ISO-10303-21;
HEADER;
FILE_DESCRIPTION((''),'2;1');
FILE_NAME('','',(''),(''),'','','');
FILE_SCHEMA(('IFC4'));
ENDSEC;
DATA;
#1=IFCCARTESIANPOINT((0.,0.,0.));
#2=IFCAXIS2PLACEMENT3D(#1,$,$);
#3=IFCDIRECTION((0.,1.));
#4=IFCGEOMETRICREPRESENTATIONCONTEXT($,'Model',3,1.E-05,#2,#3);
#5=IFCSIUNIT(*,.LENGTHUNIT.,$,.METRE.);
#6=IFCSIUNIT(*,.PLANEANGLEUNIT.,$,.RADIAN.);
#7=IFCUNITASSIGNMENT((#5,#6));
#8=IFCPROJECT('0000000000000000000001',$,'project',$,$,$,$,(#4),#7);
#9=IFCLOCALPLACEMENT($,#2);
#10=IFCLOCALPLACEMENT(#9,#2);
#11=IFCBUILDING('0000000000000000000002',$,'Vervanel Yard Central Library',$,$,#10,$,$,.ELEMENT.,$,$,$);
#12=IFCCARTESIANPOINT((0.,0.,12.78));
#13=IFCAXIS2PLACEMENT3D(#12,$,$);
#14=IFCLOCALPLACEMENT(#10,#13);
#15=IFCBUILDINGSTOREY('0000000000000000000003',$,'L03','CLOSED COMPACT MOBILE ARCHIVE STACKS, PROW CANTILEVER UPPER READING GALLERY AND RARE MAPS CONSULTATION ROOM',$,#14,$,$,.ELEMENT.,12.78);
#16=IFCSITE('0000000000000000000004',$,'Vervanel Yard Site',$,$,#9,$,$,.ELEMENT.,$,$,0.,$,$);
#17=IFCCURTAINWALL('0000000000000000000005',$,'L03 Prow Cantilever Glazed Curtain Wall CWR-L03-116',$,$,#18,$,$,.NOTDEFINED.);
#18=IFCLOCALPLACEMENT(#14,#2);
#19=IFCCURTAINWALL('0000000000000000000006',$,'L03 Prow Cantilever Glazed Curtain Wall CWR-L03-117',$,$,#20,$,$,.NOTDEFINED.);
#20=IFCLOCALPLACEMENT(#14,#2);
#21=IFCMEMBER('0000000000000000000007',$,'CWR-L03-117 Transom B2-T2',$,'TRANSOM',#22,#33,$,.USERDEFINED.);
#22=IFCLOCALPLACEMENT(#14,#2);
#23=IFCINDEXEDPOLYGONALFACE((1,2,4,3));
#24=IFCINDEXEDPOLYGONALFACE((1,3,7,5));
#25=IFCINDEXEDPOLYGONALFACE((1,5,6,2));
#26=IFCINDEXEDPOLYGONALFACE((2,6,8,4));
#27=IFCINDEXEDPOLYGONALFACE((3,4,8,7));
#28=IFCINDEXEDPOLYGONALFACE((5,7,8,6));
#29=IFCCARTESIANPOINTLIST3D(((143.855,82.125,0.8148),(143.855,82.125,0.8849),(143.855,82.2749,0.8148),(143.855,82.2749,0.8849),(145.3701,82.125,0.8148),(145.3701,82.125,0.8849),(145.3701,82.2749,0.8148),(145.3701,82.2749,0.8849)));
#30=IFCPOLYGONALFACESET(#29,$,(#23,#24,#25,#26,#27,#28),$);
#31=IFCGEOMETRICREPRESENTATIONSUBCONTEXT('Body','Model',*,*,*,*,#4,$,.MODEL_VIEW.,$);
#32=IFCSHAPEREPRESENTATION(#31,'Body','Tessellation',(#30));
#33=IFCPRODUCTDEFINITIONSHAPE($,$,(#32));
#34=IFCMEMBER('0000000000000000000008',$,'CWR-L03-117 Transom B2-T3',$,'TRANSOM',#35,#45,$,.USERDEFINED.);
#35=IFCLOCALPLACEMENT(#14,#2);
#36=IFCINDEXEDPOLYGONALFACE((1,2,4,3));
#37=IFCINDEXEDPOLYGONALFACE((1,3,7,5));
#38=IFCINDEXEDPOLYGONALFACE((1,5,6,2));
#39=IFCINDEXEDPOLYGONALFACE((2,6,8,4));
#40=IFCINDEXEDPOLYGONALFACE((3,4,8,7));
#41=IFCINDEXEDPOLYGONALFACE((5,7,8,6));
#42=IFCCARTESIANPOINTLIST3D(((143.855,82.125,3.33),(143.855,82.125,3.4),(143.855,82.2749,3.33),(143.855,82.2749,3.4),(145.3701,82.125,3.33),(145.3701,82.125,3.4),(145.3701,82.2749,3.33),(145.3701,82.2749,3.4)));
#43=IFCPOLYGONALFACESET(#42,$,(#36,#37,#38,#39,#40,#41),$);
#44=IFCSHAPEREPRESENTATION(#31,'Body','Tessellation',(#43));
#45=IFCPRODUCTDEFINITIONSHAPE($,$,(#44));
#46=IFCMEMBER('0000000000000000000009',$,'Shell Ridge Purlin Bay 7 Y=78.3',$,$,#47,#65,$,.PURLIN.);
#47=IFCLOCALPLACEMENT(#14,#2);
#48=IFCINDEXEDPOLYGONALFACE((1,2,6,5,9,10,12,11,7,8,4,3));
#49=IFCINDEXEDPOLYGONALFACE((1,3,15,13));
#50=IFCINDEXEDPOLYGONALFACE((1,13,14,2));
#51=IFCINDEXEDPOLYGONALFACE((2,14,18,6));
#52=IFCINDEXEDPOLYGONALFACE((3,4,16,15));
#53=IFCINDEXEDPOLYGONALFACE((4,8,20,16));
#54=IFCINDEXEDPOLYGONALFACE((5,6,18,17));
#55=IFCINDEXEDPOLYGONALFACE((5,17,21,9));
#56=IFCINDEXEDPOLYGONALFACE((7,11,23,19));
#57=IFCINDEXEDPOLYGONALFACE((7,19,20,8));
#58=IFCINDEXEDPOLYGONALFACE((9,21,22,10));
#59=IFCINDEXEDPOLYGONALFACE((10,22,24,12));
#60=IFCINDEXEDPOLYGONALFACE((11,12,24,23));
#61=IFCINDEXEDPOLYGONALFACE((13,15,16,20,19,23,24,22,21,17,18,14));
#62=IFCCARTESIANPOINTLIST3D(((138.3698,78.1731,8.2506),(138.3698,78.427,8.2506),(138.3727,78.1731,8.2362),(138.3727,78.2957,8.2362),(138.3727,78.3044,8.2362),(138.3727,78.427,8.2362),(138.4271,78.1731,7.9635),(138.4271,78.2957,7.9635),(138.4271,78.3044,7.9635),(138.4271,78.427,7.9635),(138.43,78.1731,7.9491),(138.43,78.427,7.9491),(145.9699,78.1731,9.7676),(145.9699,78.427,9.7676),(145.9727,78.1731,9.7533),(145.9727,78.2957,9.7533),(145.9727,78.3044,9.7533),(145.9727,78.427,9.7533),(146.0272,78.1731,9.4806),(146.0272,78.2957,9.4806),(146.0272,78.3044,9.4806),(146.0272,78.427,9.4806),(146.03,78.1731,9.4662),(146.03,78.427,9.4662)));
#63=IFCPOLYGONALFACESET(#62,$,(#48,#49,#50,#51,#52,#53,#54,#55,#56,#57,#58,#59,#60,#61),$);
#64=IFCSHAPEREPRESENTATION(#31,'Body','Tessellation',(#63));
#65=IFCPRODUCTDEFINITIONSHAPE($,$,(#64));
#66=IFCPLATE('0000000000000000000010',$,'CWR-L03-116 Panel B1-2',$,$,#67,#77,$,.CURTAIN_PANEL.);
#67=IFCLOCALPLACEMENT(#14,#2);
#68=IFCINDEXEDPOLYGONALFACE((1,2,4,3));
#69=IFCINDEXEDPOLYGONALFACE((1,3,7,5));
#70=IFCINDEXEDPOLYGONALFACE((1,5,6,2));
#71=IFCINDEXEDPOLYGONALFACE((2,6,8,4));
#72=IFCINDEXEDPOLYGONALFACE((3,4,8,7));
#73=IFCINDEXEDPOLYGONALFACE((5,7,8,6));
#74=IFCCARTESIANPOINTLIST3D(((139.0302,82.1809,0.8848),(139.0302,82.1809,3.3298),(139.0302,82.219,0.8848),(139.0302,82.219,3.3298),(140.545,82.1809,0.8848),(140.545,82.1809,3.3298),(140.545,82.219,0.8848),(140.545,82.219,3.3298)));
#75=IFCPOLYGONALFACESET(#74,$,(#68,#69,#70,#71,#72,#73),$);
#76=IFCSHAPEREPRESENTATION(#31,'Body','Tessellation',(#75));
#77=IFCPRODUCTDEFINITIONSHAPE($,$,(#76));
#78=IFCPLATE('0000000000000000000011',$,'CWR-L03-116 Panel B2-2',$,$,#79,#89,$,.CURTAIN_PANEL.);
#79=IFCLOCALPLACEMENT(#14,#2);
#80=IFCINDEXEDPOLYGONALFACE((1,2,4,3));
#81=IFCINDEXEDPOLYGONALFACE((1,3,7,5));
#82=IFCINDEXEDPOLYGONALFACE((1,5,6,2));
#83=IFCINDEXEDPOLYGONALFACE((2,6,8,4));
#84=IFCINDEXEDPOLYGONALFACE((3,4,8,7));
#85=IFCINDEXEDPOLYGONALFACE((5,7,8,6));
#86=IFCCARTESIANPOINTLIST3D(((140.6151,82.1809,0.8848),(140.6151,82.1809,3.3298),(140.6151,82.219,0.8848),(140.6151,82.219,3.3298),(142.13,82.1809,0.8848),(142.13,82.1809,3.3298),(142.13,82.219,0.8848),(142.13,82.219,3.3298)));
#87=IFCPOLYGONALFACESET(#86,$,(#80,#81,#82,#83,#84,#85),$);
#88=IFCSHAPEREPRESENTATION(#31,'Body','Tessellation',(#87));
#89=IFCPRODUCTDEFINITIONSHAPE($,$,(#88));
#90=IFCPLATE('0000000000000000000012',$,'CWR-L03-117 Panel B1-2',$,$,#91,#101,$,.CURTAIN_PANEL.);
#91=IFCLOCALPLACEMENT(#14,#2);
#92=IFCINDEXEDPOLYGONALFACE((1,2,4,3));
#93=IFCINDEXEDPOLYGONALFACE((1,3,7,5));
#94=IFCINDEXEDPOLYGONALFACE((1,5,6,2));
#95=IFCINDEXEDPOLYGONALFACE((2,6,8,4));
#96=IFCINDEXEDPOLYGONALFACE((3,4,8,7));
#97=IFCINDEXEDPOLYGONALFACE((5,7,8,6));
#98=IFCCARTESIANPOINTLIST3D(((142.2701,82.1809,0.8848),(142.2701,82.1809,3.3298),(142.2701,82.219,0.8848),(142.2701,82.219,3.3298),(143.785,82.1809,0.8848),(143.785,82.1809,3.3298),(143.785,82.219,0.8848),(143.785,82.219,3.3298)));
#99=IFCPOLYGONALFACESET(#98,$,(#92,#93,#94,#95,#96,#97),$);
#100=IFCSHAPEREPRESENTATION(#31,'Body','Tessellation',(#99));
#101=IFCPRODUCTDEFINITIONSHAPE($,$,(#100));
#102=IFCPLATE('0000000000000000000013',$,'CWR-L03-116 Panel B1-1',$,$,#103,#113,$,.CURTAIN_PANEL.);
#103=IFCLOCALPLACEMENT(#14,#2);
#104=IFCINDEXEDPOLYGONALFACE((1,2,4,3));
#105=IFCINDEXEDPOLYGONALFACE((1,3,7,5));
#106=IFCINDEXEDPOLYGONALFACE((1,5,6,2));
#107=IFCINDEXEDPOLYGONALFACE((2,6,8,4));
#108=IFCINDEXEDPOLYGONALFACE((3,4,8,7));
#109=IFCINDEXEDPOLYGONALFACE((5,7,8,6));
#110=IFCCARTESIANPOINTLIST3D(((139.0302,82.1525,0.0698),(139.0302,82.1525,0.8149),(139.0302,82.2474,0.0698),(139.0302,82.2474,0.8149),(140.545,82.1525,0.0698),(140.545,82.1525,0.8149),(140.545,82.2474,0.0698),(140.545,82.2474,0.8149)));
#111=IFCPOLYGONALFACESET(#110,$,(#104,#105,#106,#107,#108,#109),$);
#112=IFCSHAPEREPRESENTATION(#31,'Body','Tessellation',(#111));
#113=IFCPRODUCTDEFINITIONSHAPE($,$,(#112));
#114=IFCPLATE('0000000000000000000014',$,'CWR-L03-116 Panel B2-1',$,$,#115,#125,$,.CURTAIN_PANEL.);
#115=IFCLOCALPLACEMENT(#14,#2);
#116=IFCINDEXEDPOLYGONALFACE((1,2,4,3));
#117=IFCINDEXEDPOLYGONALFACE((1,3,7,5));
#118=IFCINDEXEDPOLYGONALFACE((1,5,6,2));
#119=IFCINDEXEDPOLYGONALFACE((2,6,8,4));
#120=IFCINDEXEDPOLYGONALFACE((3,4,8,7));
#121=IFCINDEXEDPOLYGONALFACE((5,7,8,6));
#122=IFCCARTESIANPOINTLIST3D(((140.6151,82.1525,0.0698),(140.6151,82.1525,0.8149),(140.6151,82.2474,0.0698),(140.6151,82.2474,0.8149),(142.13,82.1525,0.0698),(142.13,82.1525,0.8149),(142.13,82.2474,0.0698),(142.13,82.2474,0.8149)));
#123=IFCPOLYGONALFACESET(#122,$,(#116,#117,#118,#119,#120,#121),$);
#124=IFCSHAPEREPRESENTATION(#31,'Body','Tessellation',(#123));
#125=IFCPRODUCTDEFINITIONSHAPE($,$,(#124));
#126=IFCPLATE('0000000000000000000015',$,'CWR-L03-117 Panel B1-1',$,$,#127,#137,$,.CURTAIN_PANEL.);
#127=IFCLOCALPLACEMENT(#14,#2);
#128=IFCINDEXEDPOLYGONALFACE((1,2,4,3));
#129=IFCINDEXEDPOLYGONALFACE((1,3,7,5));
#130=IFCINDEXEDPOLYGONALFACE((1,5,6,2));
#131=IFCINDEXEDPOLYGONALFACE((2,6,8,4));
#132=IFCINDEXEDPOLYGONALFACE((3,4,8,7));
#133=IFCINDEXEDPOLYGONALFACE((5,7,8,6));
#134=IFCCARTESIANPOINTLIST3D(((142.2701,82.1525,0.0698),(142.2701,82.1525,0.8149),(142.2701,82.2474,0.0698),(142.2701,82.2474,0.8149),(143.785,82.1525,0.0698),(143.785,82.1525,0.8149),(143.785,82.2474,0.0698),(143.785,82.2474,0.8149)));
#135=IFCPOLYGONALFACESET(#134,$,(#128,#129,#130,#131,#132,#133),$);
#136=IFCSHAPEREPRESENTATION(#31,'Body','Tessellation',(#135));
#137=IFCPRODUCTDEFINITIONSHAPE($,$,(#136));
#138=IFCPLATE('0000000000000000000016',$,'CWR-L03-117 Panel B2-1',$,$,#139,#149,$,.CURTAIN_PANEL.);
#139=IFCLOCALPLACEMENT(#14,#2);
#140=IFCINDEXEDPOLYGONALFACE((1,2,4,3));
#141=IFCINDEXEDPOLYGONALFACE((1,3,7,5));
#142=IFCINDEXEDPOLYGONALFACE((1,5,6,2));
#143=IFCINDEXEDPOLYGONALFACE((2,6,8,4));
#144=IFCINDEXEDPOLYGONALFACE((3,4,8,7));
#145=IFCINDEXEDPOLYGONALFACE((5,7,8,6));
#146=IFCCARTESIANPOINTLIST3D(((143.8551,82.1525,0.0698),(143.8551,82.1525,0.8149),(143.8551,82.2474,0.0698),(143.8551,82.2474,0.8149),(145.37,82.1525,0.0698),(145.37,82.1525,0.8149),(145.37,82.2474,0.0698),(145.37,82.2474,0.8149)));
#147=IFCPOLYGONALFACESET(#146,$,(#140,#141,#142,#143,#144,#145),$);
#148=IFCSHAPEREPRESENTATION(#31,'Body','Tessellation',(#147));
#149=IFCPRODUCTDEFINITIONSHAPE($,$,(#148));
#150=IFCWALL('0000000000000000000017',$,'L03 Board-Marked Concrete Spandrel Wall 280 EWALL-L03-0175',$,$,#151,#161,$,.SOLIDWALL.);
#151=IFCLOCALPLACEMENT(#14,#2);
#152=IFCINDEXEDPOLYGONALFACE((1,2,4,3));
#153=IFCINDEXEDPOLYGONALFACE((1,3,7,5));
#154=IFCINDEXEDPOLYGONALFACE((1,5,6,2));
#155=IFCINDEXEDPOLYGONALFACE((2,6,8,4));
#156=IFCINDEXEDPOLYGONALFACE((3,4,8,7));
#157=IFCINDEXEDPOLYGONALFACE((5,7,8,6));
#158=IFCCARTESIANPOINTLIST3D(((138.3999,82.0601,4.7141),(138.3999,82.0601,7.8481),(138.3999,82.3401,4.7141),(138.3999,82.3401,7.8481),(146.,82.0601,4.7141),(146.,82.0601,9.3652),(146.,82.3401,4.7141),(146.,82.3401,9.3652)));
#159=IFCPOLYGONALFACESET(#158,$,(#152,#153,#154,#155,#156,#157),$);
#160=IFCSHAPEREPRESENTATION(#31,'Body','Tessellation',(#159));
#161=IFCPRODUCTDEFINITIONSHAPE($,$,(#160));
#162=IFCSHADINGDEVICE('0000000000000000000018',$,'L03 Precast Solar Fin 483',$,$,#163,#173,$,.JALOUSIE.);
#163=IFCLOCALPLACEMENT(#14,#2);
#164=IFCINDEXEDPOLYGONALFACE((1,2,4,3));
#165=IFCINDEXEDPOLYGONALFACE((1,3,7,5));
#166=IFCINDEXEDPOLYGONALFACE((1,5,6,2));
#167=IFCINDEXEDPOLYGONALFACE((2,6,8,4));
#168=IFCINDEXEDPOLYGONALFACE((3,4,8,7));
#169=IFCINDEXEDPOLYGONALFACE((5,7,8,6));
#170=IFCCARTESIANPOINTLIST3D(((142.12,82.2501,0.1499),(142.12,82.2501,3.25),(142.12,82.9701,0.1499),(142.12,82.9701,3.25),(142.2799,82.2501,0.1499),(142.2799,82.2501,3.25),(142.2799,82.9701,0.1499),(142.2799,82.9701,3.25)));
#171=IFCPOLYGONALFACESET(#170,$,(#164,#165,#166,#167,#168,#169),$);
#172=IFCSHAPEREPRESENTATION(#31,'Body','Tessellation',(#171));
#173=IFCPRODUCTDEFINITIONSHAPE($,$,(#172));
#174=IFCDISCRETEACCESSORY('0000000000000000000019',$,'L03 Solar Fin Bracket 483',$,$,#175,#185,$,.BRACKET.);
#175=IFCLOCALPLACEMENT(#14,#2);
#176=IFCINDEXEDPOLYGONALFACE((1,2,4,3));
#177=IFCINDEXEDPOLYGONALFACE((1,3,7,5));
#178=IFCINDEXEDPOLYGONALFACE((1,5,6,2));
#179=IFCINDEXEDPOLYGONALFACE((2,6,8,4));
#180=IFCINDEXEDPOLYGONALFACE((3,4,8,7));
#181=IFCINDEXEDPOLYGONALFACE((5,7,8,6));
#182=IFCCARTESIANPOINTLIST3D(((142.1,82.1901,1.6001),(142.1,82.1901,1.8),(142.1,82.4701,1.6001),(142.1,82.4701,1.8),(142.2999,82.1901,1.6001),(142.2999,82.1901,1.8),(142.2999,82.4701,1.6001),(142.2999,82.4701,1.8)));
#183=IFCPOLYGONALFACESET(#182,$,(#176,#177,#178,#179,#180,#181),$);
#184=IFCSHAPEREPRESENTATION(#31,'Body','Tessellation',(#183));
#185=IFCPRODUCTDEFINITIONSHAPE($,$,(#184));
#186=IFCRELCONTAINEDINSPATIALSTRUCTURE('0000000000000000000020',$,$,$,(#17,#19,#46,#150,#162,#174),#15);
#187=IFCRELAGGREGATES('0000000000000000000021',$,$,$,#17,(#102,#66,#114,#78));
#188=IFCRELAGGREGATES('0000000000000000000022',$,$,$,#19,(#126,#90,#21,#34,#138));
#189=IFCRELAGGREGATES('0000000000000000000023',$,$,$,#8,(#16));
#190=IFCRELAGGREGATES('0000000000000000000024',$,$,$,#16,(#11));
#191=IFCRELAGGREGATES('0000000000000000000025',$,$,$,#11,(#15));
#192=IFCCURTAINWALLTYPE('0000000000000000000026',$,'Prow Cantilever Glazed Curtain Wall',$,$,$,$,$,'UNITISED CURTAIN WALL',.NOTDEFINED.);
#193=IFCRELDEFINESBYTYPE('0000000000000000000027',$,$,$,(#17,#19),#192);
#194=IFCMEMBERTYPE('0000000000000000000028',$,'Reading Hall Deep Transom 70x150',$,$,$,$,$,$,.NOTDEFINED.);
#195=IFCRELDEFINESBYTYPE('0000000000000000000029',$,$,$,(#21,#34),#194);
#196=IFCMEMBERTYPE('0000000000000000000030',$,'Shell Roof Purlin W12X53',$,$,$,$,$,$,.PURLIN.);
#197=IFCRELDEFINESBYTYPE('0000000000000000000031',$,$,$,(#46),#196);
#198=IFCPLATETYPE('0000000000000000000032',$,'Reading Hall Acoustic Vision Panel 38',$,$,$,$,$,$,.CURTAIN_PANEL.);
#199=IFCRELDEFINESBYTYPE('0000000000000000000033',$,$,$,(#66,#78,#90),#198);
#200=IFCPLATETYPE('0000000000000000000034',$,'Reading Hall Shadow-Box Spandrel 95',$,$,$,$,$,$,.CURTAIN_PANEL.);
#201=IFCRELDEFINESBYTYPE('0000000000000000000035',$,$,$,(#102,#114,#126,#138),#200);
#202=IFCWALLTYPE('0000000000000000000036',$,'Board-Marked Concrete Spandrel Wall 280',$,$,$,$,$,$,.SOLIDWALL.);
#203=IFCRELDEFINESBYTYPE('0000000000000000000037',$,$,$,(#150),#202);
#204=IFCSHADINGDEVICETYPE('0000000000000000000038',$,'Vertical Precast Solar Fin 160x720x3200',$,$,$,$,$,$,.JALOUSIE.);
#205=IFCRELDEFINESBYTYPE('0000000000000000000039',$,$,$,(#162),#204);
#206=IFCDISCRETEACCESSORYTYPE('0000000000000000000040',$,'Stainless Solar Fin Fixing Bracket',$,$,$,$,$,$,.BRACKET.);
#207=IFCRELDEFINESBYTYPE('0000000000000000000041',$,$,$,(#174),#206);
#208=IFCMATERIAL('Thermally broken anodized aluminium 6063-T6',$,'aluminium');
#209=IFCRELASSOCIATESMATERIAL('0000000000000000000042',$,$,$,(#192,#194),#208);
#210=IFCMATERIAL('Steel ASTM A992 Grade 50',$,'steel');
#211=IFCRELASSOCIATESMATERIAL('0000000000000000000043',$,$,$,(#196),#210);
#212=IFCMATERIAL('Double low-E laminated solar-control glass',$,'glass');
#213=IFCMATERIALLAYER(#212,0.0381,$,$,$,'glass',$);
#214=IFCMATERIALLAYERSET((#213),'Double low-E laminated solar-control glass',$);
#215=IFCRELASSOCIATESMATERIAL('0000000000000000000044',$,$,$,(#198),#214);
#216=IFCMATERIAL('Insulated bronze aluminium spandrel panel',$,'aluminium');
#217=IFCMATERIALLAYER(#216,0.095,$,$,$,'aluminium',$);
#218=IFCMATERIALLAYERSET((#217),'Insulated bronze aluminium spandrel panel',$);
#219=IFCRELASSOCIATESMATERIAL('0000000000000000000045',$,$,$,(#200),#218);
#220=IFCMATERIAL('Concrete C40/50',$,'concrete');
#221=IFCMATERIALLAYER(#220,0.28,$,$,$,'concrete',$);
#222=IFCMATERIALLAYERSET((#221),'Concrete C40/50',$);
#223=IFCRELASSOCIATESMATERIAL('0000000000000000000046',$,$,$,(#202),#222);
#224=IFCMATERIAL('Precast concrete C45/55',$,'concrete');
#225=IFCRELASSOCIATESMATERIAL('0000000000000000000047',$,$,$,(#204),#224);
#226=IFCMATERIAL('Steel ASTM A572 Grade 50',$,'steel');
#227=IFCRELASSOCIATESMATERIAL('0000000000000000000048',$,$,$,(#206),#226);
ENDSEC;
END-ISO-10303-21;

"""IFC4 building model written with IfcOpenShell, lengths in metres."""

from ifc_helpers import new_model, si_unit, direction, frame, origin, origin_2d, place, context, subcontext, project, spatial, polyline, rectangle, i_section, outline, extrude, material, layer, layer_set, material_profile, profile_set, type_object, element, aggregate, save


model = new_model("IFC4")

# Units and contexts
model_context = context("Model", 3, precision=1e-05, world=origin(), true_north=direction((0.0, 1.0)))
body_context = subcontext(model_context, "Body", "Model", "MODEL_VIEW")
ifc_project = project(units=[si_unit("LENGTHUNIT", "METRE"), si_unit("PLANEANGLEUNIT", "RADIAN")], contexts=[model_context])

# Site, building, storey
site_placement = place(None, origin())
site = spatial("IfcSite", under=ifc_project, at=site_placement, Name="Vervanel Yard Site", CompositionType="ELEMENT", RefElevation=0.0)
building_placement = place(site_placement, origin())
building = spatial("IfcBuilding", under=site, at=building_placement, Name="Vervanel Yard Central Library", CompositionType="ELEMENT")
storey_placement = place(building_placement, frame((0.0, 0.0, 12.78)))
storey = spatial("IfcBuildingStorey", under=building, at=storey_placement, Name="L03", Description="CLOSED COMPACT MOBILE ARCHIVE STACKS, PROW CANTILEVER UPPER READING GALLERY AND RARE MAPS CONSULTATION ROOM", CompositionType="ELEMENT", Elevation=12.78)

# Curtain walls
ifc_material_1 = material(Name="Thermally broken anodized aluminium 6063-T6", Category="aluminium")
curtain_wall_type = type_object("IfcCurtainWallType", Name="Prow Cantilever Glazed Curtain Wall", ElementType="UNITISED CURTAIN WALL", PredefinedType="NOTDEFINED", material=ifc_material_1)
curtain_wall_1_placement = place(storey_placement, origin())
curtain_wall_1 = element("IfcCurtainWall", 1, at=curtain_wall_1_placement, inside=storey, type_object=curtain_wall_type, Name="L03 Prow Cantilever Glazed Curtain Wall CWR-L03-116", PredefinedType="NOTDEFINED")
curtain_wall_2_placement = place(storey_placement, origin())
curtain_wall_2 = element("IfcCurtainWall", 2, at=curtain_wall_2_placement, inside=storey, type_object=curtain_wall_type, Name="L03 Prow Cantilever Glazed Curtain Wall CWR-L03-117", PredefinedType="NOTDEFINED")

# Members
ifc_material_profile_1 = material_profile(ifc_material_1, rectangle(XDim=0.0701, YDim=0.1499, at=origin_2d()), Name="ALU 70x150", Category="aluminium")
ifc_profile_set_1 = profile_set([ifc_material_profile_1], Name="Thermally broken anodized aluminium 6063-T6")
member_type_1 = type_object("IfcMemberType", Name="Reading Hall Deep Transom 70x150", PredefinedType="NOTDEFINED", material=ifc_profile_set_1)
member_1_placement = place(storey_placement, frame((143.855, 82.2, 0.8499), z_axis=(1.0, 0.0, 0.0), x_axis=(0.0, 0.0, 1.0)))
member_1 = element("IfcMember", 3, at=member_1_placement, type_object=member_type_1, Name="CWR-L03-117 Transom B2-T2", ObjectType="TRANSOM", PredefinedType="USERDEFINED", context=body_context, shape_type="SweptSolid", body=[
    extrude(rectangle(XDim=0.0701, YDim=0.1499, at=origin_2d()), origin(), (0.0, 0.0, 1.0), 1.5151),
])
member_2_placement = place(storey_placement, frame((143.855, 82.2, 3.365), z_axis=(1.0, 0.0, 0.0), x_axis=(0.0, 0.0, 1.0)))
member_2 = element("IfcMember", 4, at=member_2_placement, type_object=member_type_1, Name="CWR-L03-117 Transom B2-T3", ObjectType="TRANSOM", PredefinedType="USERDEFINED", context=body_context, shape_type="SweptSolid", body=[
    extrude(rectangle(XDim=0.0701, YDim=0.1499, at=origin_2d()), origin(), (0.0, 0.0, 1.0), 1.5151),
])
ifc_material_2 = material(Name="Steel ASTM A992 Grade 50", Category="steel")
ifc_material_profile_2 = material_profile(ifc_material_2, i_section(OverallWidth=0.2539, OverallDepth=0.3074, WebThickness=0.0088, FlangeThickness=0.0146, at=origin_2d()), Name="W12X53", Category="steel")
ifc_profile_set_2 = profile_set([ifc_material_profile_2], Name="Steel ASTM A992 Grade 50")
member_type_2 = type_object("IfcMemberType", Name="Shell Roof Purlin W12X53", PredefinedType="PURLIN", material=ifc_profile_set_2)
member_3_placement = place(storey_placement, frame((138.3999, 78.3, 8.0999), z_axis=(0.980653, 0.0, 0.195753), x_axis=(0.0, 1.0, 0.0)))
element("IfcMember", 5, at=member_3_placement, inside=storey, type_object=member_type_2, Name="Shell Ridge Purlin Bay 7 Y=78.3", PredefinedType="PURLIN", context=body_context, shape_type="SweptSolid", body=[
    extrude(i_section(OverallWidth=0.2539, OverallDepth=0.3074, WebThickness=0.0088, FlangeThickness=0.0146, at=origin_2d()), origin(), (0.0, 0.0, 1.0), 7.75),
])

# Plates
ifc_material_3 = material(Name="Double low-E laminated solar-control glass", Category="glass")
ifc_layer_1 = layer(ifc_material_3, 0.0381, Category="glass")
ifc_layer_set_1 = layer_set([ifc_layer_1], Name="Double low-E laminated solar-control glass")
plate_type_1 = type_object("IfcPlateType", Name="Reading Hall Acoustic Vision Panel 38", PredefinedType="CURTAIN_PANEL", material=ifc_layer_set_1)
plate_1_placement = place(storey_placement, frame((139.7876, 82.2, 0.8848), z_axis=(0.0, 0.0, 1.0), x_axis=(1.0, 0.0, 0.0)))
plate_1 = element("IfcPlate", 6, at=plate_1_placement, type_object=plate_type_1, Name="CWR-L03-116 Panel B1-2", PredefinedType="CURTAIN_PANEL", context=body_context, shape_type="SweptSolid", body=[
    extrude(rectangle(XDim=1.5149, YDim=0.0381, at=origin_2d()), origin(), (0.0, 0.0, 1.0), 2.4451),
])
plate_2_placement = place(storey_placement, frame((141.3726, 82.2, 0.8848), z_axis=(0.0, 0.0, 1.0), x_axis=(1.0, 0.0, 0.0)))
plate_2 = element("IfcPlate", 7, at=plate_2_placement, type_object=plate_type_1, Name="CWR-L03-116 Panel B2-2", PredefinedType="CURTAIN_PANEL", context=body_context, shape_type="SweptSolid", body=[
    extrude(rectangle(XDim=1.5149, YDim=0.0381, at=origin_2d()), origin(), (0.0, 0.0, 1.0), 2.4451),
])
plate_3_placement = place(storey_placement, frame((143.0276, 82.2, 0.8848), z_axis=(0.0, 0.0, 1.0), x_axis=(1.0, 0.0, 0.0)))
plate_3 = element("IfcPlate", 8, at=plate_3_placement, type_object=plate_type_1, Name="CWR-L03-117 Panel B1-2", PredefinedType="CURTAIN_PANEL", context=body_context, shape_type="SweptSolid", body=[
    extrude(rectangle(XDim=1.5149, YDim=0.0381, at=origin_2d()), origin(), (0.0, 0.0, 1.0), 2.4451),
])
ifc_material_4 = material(Name="Insulated bronze aluminium spandrel panel", Category="aluminium")
ifc_layer_2 = layer(ifc_material_4, 0.095, Category="aluminium")
ifc_layer_set_2 = layer_set([ifc_layer_2], Name="Insulated bronze aluminium spandrel panel")
plate_type_2 = type_object("IfcPlateType", Name="Reading Hall Shadow-Box Spandrel 95", PredefinedType="CURTAIN_PANEL", material=ifc_layer_set_2)
plate_4_placement = place(storey_placement, frame((139.7876, 82.2, 0.0698), z_axis=(0.0, 0.0, 1.0), x_axis=(1.0, 0.0, 0.0)))
plate_4 = element("IfcPlate", 9, at=plate_4_placement, type_object=plate_type_2, Name="CWR-L03-116 Panel B1-1", PredefinedType="CURTAIN_PANEL", context=body_context, shape_type="SweptSolid", body=[
    extrude(rectangle(XDim=1.5149, YDim=0.095, at=origin_2d()), origin(), (0.0, 0.0, 1.0), 0.7451),
])
plate_5_placement = place(storey_placement, frame((141.3726, 82.2, 0.0698), z_axis=(0.0, 0.0, 1.0), x_axis=(1.0, 0.0, 0.0)))
plate_5 = element("IfcPlate", 10, at=plate_5_placement, type_object=plate_type_2, Name="CWR-L03-116 Panel B2-1", PredefinedType="CURTAIN_PANEL", context=body_context, shape_type="SweptSolid", body=[
    extrude(rectangle(XDim=1.5149, YDim=0.095, at=origin_2d()), origin(), (0.0, 0.0, 1.0), 0.7451),
])
aggregate(curtain_wall_1, [plate_4, plate_1, plate_5, plate_2])
plate_6_placement = place(storey_placement, frame((143.0276, 82.2, 0.0698), z_axis=(0.0, 0.0, 1.0), x_axis=(1.0, 0.0, 0.0)))
plate_6 = element("IfcPlate", 11, at=plate_6_placement, type_object=plate_type_2, Name="CWR-L03-117 Panel B1-1", PredefinedType="CURTAIN_PANEL", context=body_context, shape_type="SweptSolid", body=[
    extrude(rectangle(XDim=1.5149, YDim=0.095, at=origin_2d()), origin(), (0.0, 0.0, 1.0), 0.7451),
])
plate_7_placement = place(storey_placement, frame((144.6125, 82.2, 0.0698), z_axis=(0.0, 0.0, 1.0), x_axis=(1.0, 0.0, 0.0)))
plate_7 = element("IfcPlate", 12, at=plate_7_placement, type_object=plate_type_2, Name="CWR-L03-117 Panel B2-1", PredefinedType="CURTAIN_PANEL", context=body_context, shape_type="SweptSolid", body=[
    extrude(rectangle(XDim=1.5149, YDim=0.095, at=origin_2d()), origin(), (0.0, 0.0, 1.0), 0.7451),
])
aggregate(curtain_wall_2, [plate_6, plate_3, member_1, member_2, plate_7])

# Wall
ifc_material_5 = material(Name="Concrete C40/50", Category="concrete")
ifc_layer_3 = layer(ifc_material_5, 0.28, Category="concrete")
ifc_layer_set_3 = layer_set([ifc_layer_3], Name="Concrete C40/50")
wall_type = type_object("IfcWallType", Name="Board-Marked Concrete Spandrel Wall 280", PredefinedType="SOLIDWALL", material=ifc_layer_set_3)
wall_placement = place(storey_placement, frame((138.3999, 82.2, 4.7141), z_axis=(0.0, 0.0, 1.0), x_axis=(1.0, 0.0, 0.0)))
element("IfcWall", 13, at=wall_placement, inside=storey, type_object=wall_type, Name="L03 Board-Marked Concrete Spandrel Wall 280 EWALL-L03-0175", PredefinedType="SOLIDWALL", context=body_context, shape_type="SweptSolid", body=[
    extrude(outline(polyline([(0.0, 0.0), (7.6001, 0.0), (7.6001, 4.6511), (0.0, 3.134), (0.0, 0.0)])), frame((0.0, 0.1401, 0.0), z_axis=(0.0, -1.0, 0.0), x_axis=(1.0, 0.0, 0.0)), (0.0, 0.0, 1.0), 0.28),
])

# Shading device
ifc_material_6 = material(Name="Precast concrete C45/55", Category="concrete")
shading_device_type = type_object("IfcShadingDeviceType", Name="Vertical Precast Solar Fin 160x720x3200", PredefinedType="JALOUSIE", material=ifc_material_6)
shading_device_placement = place(storey_placement, frame((142.2, 82.6101, 0.1499), z_axis=(0.0, 0.0, 1.0), x_axis=(1.0, 0.0, 0.0)))
element("IfcShadingDevice", 14, at=shading_device_placement, inside=storey, type_object=shading_device_type, Name="L03 Precast Solar Fin 483", PredefinedType="JALOUSIE", context=body_context, shape_type="SweptSolid", body=[
    extrude(rectangle(XDim=0.1599, YDim=0.72, at=origin_2d()), origin(), (0.0, 0.0, 1.0), 3.1001),
])

# Discrete accessory
ifc_material_7 = material(Name="Steel ASTM A572 Grade 50", Category="steel")
discrete_accessory_type = type_object("IfcDiscreteAccessoryType", Name="Stainless Solar Fin Fixing Bracket", PredefinedType="BRACKET", material=ifc_material_7)
discrete_accessory_placement = place(storey_placement, frame((142.2, 82.3301, 1.6001), z_axis=(0.0, 0.0, 1.0), x_axis=(1.0, 0.0, 0.0)))
element("IfcDiscreteAccessory", 15, at=discrete_accessory_placement, inside=storey, type_object=discrete_accessory_type, Name="L03 Solar Fin Bracket 483", PredefinedType="BRACKET", context=body_context, shape_type="SweptSolid", body=[
    extrude(rectangle(XDim=0.2, YDim=0.28, at=origin_2d()), origin(), (0.0, 0.0, 1.0), 0.2),
])

save(model, "model.ifc")
